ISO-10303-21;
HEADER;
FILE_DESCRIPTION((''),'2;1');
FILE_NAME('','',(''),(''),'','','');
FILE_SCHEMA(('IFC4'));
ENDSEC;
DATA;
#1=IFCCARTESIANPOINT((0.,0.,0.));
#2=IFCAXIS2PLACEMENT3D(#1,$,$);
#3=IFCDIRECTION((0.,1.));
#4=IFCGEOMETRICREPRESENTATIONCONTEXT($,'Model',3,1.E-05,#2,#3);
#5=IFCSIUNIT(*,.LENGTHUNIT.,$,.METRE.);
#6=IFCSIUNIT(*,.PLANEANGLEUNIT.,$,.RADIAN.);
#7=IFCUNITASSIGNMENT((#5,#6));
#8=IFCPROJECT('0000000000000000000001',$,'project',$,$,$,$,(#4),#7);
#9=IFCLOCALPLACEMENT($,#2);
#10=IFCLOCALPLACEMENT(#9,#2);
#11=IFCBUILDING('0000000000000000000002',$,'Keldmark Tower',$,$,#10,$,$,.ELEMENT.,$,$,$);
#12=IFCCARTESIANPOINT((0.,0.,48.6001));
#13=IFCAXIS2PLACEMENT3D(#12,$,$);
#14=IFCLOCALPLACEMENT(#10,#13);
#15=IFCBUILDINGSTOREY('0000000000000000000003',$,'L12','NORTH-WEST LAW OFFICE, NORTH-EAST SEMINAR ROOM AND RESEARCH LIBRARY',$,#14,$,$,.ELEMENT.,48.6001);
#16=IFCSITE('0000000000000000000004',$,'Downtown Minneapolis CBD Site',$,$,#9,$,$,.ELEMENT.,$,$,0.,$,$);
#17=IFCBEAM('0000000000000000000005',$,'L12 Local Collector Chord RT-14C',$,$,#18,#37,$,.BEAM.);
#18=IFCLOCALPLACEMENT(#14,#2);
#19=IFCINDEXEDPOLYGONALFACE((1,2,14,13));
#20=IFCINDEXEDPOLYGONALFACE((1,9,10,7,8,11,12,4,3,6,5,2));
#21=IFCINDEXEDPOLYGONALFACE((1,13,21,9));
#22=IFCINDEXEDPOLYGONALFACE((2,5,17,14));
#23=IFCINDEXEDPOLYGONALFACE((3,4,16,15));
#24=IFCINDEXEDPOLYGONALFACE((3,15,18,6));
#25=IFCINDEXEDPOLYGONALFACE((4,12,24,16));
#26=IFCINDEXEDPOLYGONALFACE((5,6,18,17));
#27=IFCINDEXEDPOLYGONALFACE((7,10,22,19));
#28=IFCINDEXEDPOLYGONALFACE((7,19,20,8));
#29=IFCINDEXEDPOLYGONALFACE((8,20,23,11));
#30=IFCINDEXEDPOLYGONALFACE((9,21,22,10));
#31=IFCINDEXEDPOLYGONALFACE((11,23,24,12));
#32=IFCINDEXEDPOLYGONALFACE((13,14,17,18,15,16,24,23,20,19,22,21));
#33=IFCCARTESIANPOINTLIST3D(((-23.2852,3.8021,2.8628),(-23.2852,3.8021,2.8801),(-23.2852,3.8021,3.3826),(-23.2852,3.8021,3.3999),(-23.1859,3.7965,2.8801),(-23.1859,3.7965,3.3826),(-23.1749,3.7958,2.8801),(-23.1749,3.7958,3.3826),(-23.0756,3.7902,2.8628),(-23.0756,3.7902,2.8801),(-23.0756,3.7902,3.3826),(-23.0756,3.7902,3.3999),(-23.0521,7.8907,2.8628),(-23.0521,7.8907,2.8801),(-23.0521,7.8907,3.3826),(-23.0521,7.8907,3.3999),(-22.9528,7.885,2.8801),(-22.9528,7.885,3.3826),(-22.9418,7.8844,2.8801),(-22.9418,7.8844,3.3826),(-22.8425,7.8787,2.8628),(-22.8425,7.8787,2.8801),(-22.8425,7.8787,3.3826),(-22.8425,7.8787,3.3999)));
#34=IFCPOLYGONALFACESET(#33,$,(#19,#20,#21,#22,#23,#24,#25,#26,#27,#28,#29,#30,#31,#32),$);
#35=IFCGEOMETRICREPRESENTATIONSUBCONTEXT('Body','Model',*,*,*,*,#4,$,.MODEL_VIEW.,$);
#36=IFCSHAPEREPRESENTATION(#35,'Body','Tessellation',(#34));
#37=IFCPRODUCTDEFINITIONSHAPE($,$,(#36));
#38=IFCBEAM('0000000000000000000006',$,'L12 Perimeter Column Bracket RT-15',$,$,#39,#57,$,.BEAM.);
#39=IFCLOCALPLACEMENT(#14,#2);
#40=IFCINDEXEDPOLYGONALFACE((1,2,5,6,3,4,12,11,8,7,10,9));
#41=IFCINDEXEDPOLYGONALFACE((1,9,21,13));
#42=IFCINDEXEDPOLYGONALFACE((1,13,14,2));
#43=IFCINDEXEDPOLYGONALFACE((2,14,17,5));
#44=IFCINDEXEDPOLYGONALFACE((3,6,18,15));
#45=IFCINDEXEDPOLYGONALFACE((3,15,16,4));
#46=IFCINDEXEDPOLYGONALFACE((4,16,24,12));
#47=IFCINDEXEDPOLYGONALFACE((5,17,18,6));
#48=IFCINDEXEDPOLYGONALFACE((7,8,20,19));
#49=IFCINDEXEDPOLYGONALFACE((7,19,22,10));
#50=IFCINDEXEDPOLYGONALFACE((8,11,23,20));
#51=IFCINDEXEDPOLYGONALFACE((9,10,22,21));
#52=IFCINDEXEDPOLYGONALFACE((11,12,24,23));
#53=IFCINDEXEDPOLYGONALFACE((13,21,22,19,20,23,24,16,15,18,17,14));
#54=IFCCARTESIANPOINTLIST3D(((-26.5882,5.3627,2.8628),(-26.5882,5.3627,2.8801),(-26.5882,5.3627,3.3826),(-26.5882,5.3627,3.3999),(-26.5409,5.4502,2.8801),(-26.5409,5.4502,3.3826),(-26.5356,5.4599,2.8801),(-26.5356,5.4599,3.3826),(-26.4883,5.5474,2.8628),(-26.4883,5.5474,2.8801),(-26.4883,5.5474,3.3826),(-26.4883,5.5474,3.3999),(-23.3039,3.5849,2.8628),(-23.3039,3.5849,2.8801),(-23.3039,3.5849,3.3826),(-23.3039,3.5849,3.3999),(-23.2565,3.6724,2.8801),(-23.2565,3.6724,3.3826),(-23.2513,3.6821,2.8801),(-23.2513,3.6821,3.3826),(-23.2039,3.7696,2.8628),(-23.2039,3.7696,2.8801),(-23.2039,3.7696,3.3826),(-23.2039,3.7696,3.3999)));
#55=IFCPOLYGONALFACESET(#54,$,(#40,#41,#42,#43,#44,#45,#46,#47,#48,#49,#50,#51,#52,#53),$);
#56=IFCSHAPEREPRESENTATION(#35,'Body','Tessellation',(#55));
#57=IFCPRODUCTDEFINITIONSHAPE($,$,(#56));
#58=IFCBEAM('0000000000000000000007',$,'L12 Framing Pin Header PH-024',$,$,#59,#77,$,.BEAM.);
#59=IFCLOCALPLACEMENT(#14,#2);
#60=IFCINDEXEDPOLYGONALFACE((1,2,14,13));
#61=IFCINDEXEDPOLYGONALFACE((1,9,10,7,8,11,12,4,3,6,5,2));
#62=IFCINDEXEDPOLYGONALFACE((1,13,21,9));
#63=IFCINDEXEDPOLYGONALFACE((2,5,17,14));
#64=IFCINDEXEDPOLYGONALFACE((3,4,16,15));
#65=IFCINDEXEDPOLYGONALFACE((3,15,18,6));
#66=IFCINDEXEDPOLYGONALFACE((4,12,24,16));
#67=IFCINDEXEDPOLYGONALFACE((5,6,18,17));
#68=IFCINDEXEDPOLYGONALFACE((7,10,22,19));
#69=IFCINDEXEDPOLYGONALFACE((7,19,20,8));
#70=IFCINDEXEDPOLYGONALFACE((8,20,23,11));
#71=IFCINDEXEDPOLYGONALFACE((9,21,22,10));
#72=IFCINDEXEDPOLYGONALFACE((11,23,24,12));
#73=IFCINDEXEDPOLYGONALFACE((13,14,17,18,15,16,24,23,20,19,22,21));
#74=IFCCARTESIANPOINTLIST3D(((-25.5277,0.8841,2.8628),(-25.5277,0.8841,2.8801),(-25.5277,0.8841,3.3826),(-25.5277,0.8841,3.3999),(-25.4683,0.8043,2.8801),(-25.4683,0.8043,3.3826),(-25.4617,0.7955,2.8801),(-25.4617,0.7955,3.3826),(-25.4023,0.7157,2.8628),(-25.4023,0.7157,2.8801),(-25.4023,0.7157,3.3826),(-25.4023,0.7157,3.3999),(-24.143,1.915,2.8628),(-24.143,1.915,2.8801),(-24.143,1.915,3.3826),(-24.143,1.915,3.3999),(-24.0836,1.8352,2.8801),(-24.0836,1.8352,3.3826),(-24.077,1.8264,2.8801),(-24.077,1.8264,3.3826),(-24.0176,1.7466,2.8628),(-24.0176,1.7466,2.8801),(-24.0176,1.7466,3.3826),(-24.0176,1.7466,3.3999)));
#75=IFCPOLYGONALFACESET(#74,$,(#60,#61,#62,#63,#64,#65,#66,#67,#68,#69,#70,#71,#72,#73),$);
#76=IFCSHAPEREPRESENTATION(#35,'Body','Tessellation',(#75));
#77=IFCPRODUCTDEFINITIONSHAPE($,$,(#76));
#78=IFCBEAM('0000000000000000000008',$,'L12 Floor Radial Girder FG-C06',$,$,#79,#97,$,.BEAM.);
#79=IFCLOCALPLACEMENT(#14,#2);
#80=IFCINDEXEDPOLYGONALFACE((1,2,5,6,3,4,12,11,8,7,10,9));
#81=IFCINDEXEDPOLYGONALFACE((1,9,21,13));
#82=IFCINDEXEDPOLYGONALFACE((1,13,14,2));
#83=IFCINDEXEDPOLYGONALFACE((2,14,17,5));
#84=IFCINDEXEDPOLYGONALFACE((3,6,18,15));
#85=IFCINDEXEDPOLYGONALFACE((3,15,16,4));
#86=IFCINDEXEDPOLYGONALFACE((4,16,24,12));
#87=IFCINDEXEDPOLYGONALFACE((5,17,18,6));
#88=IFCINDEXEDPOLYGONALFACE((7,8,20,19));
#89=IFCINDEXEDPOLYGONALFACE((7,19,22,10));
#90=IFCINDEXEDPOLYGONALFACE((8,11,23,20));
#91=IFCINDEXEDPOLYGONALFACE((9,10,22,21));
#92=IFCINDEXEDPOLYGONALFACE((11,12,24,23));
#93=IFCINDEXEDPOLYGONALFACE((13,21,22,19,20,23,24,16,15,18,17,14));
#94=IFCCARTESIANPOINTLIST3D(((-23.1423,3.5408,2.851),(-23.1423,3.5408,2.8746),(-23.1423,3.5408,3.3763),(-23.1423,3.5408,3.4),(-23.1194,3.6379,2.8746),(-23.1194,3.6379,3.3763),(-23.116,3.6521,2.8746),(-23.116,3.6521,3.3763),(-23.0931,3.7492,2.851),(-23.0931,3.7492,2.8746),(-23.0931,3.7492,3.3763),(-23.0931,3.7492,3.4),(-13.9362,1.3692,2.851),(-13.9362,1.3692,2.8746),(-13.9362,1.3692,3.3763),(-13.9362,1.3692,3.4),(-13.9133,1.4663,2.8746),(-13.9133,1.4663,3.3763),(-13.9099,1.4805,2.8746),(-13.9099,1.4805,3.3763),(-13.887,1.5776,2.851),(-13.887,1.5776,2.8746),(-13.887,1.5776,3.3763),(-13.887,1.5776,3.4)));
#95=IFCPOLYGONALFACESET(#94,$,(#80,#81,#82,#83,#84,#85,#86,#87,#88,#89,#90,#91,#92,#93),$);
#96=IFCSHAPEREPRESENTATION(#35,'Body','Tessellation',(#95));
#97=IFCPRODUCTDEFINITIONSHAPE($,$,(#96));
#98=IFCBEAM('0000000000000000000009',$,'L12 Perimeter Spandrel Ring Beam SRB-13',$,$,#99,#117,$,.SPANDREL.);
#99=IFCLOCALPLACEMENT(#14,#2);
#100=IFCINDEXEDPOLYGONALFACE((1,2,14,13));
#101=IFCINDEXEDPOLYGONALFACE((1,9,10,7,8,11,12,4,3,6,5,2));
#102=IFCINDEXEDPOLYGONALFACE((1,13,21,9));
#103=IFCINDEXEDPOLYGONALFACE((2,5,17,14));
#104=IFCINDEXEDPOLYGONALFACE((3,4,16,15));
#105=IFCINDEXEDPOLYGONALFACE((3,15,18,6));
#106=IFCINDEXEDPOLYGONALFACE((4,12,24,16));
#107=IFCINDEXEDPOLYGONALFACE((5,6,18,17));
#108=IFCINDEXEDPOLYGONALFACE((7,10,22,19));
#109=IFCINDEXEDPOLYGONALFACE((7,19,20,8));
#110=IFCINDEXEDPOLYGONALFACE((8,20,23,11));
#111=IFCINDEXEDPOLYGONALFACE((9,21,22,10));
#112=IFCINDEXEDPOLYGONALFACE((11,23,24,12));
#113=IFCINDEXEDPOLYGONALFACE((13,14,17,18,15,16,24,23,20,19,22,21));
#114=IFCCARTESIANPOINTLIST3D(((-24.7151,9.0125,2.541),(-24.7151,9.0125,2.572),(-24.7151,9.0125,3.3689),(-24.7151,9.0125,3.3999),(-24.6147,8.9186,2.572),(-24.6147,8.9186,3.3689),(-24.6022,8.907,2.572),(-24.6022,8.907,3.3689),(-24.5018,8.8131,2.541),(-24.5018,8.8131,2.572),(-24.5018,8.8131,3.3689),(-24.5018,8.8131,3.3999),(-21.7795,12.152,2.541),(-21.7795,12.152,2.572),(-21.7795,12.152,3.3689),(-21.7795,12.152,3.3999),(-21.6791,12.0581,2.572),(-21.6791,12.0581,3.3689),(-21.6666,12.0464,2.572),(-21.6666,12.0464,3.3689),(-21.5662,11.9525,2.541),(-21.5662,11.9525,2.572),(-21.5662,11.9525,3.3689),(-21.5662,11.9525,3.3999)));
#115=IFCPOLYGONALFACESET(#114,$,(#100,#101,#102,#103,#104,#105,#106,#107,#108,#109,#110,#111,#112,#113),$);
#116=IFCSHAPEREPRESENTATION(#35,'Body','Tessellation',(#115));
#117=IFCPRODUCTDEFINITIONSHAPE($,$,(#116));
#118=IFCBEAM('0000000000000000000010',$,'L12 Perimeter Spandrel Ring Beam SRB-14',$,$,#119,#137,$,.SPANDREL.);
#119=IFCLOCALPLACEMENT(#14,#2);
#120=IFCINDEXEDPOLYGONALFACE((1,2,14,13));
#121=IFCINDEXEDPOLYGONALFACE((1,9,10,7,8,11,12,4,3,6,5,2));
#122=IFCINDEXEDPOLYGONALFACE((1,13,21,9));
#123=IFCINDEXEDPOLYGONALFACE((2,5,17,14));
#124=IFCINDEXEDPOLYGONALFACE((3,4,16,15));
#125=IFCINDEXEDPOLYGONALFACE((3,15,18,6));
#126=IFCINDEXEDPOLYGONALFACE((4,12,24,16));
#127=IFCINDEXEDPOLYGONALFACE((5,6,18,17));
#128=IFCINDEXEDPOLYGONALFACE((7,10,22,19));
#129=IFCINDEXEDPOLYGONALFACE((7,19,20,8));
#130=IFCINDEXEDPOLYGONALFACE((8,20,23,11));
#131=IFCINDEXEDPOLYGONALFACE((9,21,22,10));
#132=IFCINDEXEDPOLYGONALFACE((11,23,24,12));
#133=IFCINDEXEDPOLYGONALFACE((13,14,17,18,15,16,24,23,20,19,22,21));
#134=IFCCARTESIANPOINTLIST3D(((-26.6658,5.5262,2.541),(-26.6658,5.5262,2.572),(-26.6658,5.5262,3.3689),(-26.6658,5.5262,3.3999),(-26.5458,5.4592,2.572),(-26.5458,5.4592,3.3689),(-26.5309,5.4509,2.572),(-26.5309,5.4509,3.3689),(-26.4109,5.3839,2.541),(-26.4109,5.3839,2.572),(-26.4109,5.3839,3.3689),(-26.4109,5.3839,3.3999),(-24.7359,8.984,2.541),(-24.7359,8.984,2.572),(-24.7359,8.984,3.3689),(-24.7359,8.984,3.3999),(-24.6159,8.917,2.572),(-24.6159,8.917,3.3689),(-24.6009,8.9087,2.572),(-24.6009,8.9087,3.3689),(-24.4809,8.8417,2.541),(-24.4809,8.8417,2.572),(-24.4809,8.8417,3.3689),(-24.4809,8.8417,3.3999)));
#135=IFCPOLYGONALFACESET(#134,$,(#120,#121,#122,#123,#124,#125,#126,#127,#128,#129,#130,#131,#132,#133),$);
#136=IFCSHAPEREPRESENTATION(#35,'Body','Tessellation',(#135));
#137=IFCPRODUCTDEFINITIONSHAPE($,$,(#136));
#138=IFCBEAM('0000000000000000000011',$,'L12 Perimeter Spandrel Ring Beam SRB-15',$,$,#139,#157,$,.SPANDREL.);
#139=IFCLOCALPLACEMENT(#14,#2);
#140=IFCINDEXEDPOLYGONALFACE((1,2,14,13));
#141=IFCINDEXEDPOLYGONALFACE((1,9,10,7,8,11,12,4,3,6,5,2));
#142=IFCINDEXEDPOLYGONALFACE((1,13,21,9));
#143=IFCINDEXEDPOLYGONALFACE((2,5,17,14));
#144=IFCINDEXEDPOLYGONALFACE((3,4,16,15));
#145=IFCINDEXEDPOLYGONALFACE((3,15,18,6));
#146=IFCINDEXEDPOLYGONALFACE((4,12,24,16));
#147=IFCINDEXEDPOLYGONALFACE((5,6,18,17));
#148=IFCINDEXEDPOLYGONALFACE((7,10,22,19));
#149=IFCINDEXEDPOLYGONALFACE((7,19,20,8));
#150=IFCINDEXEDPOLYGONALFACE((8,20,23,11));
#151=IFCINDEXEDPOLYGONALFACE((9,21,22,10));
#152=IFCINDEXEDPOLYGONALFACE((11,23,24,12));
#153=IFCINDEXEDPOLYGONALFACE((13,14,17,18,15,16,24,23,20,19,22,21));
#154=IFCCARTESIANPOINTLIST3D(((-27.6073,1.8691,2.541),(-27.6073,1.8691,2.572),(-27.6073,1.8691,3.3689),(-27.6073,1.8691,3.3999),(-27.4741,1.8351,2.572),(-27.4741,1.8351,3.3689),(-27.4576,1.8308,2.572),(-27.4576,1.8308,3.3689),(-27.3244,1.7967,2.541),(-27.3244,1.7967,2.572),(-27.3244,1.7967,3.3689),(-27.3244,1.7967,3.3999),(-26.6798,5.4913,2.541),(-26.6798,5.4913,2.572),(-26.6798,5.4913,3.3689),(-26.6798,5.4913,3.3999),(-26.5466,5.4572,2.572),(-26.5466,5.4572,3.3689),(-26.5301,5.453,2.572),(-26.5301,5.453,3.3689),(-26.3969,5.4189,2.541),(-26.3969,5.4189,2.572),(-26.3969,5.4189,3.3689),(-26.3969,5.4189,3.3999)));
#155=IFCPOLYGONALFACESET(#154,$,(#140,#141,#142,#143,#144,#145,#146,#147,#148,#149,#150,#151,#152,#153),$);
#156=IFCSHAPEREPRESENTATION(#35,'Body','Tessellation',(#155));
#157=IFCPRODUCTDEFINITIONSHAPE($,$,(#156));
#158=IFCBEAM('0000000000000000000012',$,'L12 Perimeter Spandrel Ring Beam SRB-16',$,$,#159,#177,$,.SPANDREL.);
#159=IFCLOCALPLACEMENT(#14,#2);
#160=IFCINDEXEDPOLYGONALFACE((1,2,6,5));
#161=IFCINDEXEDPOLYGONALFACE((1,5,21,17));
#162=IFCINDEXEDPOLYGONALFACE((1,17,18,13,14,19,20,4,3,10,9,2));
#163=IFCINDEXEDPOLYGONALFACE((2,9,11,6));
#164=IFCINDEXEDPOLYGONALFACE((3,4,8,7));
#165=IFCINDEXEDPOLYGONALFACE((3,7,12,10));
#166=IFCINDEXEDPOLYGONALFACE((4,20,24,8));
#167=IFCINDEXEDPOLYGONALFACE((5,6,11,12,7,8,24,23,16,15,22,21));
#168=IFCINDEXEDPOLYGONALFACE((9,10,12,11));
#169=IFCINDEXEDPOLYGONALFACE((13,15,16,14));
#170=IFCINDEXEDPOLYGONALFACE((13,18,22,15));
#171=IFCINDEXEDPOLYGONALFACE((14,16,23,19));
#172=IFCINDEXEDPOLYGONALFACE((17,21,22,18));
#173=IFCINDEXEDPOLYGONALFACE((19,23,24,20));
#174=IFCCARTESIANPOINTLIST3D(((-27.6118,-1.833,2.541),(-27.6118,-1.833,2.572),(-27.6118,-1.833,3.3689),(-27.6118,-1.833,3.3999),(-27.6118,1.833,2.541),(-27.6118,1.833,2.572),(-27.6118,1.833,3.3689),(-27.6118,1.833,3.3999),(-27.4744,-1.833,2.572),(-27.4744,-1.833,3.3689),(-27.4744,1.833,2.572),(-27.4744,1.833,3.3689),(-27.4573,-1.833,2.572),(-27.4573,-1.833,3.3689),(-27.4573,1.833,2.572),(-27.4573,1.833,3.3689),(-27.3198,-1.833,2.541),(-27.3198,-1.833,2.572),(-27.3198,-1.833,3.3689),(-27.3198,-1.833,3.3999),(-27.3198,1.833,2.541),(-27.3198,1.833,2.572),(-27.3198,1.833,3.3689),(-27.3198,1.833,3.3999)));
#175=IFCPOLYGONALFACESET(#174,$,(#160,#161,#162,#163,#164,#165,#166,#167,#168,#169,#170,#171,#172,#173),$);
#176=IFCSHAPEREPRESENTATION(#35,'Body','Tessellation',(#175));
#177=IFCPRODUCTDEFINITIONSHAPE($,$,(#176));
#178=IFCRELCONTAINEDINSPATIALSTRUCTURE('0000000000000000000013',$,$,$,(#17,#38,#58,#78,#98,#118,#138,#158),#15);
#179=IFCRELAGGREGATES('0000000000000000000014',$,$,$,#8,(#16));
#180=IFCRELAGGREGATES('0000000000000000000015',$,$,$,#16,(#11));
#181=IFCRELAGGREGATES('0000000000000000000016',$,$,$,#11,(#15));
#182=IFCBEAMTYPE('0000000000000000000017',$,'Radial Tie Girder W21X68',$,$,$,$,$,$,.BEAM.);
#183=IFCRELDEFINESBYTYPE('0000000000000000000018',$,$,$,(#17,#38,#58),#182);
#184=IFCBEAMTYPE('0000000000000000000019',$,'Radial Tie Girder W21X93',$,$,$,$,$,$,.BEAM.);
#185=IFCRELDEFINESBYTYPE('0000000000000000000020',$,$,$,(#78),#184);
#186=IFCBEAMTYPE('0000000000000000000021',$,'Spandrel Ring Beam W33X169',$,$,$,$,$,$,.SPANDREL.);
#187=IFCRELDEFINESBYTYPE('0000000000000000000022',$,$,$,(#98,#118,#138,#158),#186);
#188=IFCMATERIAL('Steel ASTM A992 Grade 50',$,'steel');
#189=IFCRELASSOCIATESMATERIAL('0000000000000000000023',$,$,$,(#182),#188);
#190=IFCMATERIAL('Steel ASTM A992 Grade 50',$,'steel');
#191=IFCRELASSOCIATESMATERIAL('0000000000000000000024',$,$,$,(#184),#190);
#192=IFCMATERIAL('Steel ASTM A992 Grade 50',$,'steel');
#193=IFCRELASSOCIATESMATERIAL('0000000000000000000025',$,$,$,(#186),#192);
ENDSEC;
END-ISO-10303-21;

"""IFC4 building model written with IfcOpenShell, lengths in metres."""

from ifc_helpers import new_model, si_unit, direction, frame, origin, origin_2d, place, context, subcontext, project, spatial, i_section, extrude, material, material_profile, profile_set, type_object, element, save


model = new_model("IFC4")

# Units and contexts
model_context = context("Model", 3, precision=1e-05, world=origin(), true_north=direction((0.0, 1.0)))
body_context = subcontext(model_context, "Body", "Model", "MODEL_VIEW")
ifc_project = project(units=[si_unit("LENGTHUNIT", "METRE"), si_unit("PLANEANGLEUNIT", "RADIAN")], contexts=[model_context])

# Site, building, storey
site_placement = place(None, origin())
site = spatial("IfcSite", under=ifc_project, at=site_placement, Name="Downtown Minneapolis CBD Site", CompositionType="ELEMENT", RefElevation=0.0)
building_placement = place(site_placement, origin())
building = spatial("IfcBuilding", under=site, at=building_placement, Name="Keldmark Tower", CompositionType="ELEMENT")
storey_placement = place(building_placement, frame((0.0, 0.0, 48.6001)))
storey = spatial("IfcBuildingStorey", under=building, at=storey_placement, Name="L12", Description="NORTH-WEST LAW OFFICE, NORTH-EAST SEMINAR ROOM AND RESEARCH LIBRARY", CompositionType="ELEMENT", Elevation=48.6001)

# Beams
ifc_material_1 = material(Name="Steel ASTM A992 Grade 50", Category="steel")
ifc_material_profile_1 = material_profile(ifc_material_1, i_section(OverallWidth=0.21, OverallDepth=0.5371, WebThickness=0.011, FlangeThickness=0.0173, at=origin_2d()), Name="W21X68")
ifc_profile_set_1 = profile_set([ifc_material_profile_1], Name="Steel ASTM A992 Grade 50")
beam_type_1 = type_object("IfcBeamType", Name="Radial Tie Girder W21X68", PredefinedType="BEAM", material=ifc_profile_set_1)
beam_1_placement = place(storey_placement, frame((-23.1804, 3.7961, 3.1313), z_axis=(0.056933, 0.998378, 0.0), x_axis=(-0.998378, 0.056933, 0.0)))
element("IfcBeam", 1, at=beam_1_placement, inside=storey, type_object=beam_type_1, Name="L12 Local Collector Chord RT-14C", PredefinedType="BEAM", context=body_context, shape_type="SweptSolid", body=[
    extrude(i_section(OverallWidth=0.21, OverallDepth=0.5371, WebThickness=0.011, FlangeThickness=0.0173, at=origin_2d()), origin(), (0.0, 0.0, 1.0), 4.0952),
])
beam_2_placement = place(storey_placement, frame((-23.2539, 3.6772, 3.1313), z_axis=(-0.87943, 0.476028, 0.0), x_axis=(-0.476028, -0.87943, 0.0)))
element("IfcBeam", 2, at=beam_2_placement, inside=storey, type_object=beam_type_1, Name="L12 Perimeter Column Bracket RT-15", PredefinedType="BEAM", context=body_context, shape_type="SweptSolid", body=[
    extrude(i_section(OverallWidth=0.21, OverallDepth=0.5371, WebThickness=0.011, FlangeThickness=0.0173, at=origin_2d()), origin(), (0.0, 0.0, 1.0), 3.7346),
])
beam_3_placement = place(storey_placement, frame((-24.0803, 1.8308, 3.1313), z_axis=(-0.802099, -0.597191, 0.0), x_axis=(0.597191, -0.802099, 0.0)))
element("IfcBeam", 3, at=beam_3_placement, inside=storey, type_object=beam_type_1, Name="L12 Framing Pin Header PH-024", PredefinedType="BEAM", context=body_context, shape_type="SweptSolid", body=[
    extrude(i_section(OverallWidth=0.21, OverallDepth=0.5371, WebThickness=0.011, FlangeThickness=0.0173, at=origin_2d()), origin(), (0.0, 0.0, 1.0), 1.7263),
])
ifc_material_2 = material(Name="Steel ASTM A992 Grade 50", Category="steel")
ifc_material_profile_2 = material_profile(ifc_material_2, i_section(OverallWidth=0.2141, OverallDepth=0.5491, WebThickness=0.0146, FlangeThickness=0.0237, at=origin_2d()), Name="W21X93")
ifc_profile_set_2 = profile_set([ifc_material_profile_2], Name="Steel ASTM A992 Grade 50")
beam_type_2 = type_object("IfcBeamType", Name="Radial Tie Girder W21X93", PredefinedType="BEAM", material=ifc_profile_set_2)
beam_4_placement = place(storey_placement, frame((-23.1177, 3.645, 3.1255), z_axis=(0.973287, -0.22959, 0.0), x_axis=(0.22959, 0.973287, 0.0)))
element("IfcBeam", 4, at=beam_4_placement, inside=storey, type_object=beam_type_2, Name="L12 Floor Radial Girder FG-C06", PredefinedType="BEAM", context=body_context, shape_type="SweptSolid", body=[
    extrude(i_section(OverallWidth=0.2141, OverallDepth=0.5491, WebThickness=0.0146, FlangeThickness=0.0237, at=origin_2d()), origin(), (0.0, 0.0, 1.0), 9.4587),
])
ifc_material_3 = material(Name="Steel ASTM A992 Grade 50", Category="steel")
ifc_material_profile_3 = material_profile(ifc_material_3, i_section(OverallWidth=0.292, OverallDepth=0.8589, WebThickness=0.0171, FlangeThickness=0.031, at=origin_2d()), Name="W33X169")
ifc_profile_set_3 = profile_set([ifc_material_profile_3], Name="Steel ASTM A992 Grade 50")
beam_type_3 = type_object("IfcBeamType", Name="Spandrel Ring Beam W33X169", PredefinedType="SPANDREL", material=ifc_profile_set_3)
beam_5_placement = place(storey_placement, frame((-21.6729, 12.0522, 2.9705), z_axis=(-0.682994, -0.730424, 0.0), x_axis=(0.730424, -0.682994, 0.0)))
element("IfcBeam", 5, at=beam_5_placement, inside=storey, type_object=beam_type_3, Name="L12 Perimeter Spandrel Ring Beam SRB-13", PredefinedType="SPANDREL", context=body_context, shape_type="SweptSolid", body=[
    extrude(i_section(OverallWidth=0.292, OverallDepth=0.8589, WebThickness=0.0171, FlangeThickness=0.031, at=origin_2d()), origin(), (0.0, 0.0, 1.0), 4.2981),
])
beam_6_placement = place(storey_placement, frame((-24.6084, 8.9128, 2.9705), z_axis=(-0.487369, -0.873196, 0.0), x_axis=(0.873196, -0.487369, 0.0)))
element("IfcBeam", 6, at=beam_6_placement, inside=storey, type_object=beam_type_3, Name="L12 Perimeter Spandrel Ring Beam SRB-14", PredefinedType="SPANDREL", context=body_context, shape_type="SweptSolid", body=[
    extrude(i_section(OverallWidth=0.292, OverallDepth=0.8589, WebThickness=0.0171, FlangeThickness=0.031, at=origin_2d()), origin(), (0.0, 0.0, 1.0), 3.96),
])
beam_7_placement = place(storey_placement, frame((-26.5383, 5.4551, 2.9705), z_axis=(-0.248063, -0.968744, 0.0), x_axis=(0.968744, -0.248063, 0.0)))
element("IfcBeam", 7, at=beam_7_placement, inside=storey, type_object=beam_type_3, Name="L12 Perimeter Spandrel Ring Beam SRB-15", PredefinedType="SPANDREL", context=body_context, shape_type="SweptSolid", body=[
    extrude(i_section(OverallWidth=0.292, OverallDepth=0.8589, WebThickness=0.0171, FlangeThickness=0.031, at=origin_2d()), origin(), (0.0, 0.0, 1.0), 3.739),
])
beam_8_placement = place(storey_placement, frame((-27.4658, 1.833, 2.9705), z_axis=(0.0, -1.0, 0.0), x_axis=(1.0, 0.0, 0.0)))
element("IfcBeam", 8, at=beam_8_placement, inside=storey, type_object=beam_type_3, Name="L12 Perimeter Spandrel Ring Beam SRB-16", PredefinedType="SPANDREL", context=body_context, shape_type="SweptSolid", body=[
    extrude(i_section(OverallWidth=0.292, OverallDepth=0.8589, WebThickness=0.0171, FlangeThickness=0.031, at=origin_2d()), origin(), (0.0, 0.0, 1.0), 3.666),
])

save(model, "model.ifc")
